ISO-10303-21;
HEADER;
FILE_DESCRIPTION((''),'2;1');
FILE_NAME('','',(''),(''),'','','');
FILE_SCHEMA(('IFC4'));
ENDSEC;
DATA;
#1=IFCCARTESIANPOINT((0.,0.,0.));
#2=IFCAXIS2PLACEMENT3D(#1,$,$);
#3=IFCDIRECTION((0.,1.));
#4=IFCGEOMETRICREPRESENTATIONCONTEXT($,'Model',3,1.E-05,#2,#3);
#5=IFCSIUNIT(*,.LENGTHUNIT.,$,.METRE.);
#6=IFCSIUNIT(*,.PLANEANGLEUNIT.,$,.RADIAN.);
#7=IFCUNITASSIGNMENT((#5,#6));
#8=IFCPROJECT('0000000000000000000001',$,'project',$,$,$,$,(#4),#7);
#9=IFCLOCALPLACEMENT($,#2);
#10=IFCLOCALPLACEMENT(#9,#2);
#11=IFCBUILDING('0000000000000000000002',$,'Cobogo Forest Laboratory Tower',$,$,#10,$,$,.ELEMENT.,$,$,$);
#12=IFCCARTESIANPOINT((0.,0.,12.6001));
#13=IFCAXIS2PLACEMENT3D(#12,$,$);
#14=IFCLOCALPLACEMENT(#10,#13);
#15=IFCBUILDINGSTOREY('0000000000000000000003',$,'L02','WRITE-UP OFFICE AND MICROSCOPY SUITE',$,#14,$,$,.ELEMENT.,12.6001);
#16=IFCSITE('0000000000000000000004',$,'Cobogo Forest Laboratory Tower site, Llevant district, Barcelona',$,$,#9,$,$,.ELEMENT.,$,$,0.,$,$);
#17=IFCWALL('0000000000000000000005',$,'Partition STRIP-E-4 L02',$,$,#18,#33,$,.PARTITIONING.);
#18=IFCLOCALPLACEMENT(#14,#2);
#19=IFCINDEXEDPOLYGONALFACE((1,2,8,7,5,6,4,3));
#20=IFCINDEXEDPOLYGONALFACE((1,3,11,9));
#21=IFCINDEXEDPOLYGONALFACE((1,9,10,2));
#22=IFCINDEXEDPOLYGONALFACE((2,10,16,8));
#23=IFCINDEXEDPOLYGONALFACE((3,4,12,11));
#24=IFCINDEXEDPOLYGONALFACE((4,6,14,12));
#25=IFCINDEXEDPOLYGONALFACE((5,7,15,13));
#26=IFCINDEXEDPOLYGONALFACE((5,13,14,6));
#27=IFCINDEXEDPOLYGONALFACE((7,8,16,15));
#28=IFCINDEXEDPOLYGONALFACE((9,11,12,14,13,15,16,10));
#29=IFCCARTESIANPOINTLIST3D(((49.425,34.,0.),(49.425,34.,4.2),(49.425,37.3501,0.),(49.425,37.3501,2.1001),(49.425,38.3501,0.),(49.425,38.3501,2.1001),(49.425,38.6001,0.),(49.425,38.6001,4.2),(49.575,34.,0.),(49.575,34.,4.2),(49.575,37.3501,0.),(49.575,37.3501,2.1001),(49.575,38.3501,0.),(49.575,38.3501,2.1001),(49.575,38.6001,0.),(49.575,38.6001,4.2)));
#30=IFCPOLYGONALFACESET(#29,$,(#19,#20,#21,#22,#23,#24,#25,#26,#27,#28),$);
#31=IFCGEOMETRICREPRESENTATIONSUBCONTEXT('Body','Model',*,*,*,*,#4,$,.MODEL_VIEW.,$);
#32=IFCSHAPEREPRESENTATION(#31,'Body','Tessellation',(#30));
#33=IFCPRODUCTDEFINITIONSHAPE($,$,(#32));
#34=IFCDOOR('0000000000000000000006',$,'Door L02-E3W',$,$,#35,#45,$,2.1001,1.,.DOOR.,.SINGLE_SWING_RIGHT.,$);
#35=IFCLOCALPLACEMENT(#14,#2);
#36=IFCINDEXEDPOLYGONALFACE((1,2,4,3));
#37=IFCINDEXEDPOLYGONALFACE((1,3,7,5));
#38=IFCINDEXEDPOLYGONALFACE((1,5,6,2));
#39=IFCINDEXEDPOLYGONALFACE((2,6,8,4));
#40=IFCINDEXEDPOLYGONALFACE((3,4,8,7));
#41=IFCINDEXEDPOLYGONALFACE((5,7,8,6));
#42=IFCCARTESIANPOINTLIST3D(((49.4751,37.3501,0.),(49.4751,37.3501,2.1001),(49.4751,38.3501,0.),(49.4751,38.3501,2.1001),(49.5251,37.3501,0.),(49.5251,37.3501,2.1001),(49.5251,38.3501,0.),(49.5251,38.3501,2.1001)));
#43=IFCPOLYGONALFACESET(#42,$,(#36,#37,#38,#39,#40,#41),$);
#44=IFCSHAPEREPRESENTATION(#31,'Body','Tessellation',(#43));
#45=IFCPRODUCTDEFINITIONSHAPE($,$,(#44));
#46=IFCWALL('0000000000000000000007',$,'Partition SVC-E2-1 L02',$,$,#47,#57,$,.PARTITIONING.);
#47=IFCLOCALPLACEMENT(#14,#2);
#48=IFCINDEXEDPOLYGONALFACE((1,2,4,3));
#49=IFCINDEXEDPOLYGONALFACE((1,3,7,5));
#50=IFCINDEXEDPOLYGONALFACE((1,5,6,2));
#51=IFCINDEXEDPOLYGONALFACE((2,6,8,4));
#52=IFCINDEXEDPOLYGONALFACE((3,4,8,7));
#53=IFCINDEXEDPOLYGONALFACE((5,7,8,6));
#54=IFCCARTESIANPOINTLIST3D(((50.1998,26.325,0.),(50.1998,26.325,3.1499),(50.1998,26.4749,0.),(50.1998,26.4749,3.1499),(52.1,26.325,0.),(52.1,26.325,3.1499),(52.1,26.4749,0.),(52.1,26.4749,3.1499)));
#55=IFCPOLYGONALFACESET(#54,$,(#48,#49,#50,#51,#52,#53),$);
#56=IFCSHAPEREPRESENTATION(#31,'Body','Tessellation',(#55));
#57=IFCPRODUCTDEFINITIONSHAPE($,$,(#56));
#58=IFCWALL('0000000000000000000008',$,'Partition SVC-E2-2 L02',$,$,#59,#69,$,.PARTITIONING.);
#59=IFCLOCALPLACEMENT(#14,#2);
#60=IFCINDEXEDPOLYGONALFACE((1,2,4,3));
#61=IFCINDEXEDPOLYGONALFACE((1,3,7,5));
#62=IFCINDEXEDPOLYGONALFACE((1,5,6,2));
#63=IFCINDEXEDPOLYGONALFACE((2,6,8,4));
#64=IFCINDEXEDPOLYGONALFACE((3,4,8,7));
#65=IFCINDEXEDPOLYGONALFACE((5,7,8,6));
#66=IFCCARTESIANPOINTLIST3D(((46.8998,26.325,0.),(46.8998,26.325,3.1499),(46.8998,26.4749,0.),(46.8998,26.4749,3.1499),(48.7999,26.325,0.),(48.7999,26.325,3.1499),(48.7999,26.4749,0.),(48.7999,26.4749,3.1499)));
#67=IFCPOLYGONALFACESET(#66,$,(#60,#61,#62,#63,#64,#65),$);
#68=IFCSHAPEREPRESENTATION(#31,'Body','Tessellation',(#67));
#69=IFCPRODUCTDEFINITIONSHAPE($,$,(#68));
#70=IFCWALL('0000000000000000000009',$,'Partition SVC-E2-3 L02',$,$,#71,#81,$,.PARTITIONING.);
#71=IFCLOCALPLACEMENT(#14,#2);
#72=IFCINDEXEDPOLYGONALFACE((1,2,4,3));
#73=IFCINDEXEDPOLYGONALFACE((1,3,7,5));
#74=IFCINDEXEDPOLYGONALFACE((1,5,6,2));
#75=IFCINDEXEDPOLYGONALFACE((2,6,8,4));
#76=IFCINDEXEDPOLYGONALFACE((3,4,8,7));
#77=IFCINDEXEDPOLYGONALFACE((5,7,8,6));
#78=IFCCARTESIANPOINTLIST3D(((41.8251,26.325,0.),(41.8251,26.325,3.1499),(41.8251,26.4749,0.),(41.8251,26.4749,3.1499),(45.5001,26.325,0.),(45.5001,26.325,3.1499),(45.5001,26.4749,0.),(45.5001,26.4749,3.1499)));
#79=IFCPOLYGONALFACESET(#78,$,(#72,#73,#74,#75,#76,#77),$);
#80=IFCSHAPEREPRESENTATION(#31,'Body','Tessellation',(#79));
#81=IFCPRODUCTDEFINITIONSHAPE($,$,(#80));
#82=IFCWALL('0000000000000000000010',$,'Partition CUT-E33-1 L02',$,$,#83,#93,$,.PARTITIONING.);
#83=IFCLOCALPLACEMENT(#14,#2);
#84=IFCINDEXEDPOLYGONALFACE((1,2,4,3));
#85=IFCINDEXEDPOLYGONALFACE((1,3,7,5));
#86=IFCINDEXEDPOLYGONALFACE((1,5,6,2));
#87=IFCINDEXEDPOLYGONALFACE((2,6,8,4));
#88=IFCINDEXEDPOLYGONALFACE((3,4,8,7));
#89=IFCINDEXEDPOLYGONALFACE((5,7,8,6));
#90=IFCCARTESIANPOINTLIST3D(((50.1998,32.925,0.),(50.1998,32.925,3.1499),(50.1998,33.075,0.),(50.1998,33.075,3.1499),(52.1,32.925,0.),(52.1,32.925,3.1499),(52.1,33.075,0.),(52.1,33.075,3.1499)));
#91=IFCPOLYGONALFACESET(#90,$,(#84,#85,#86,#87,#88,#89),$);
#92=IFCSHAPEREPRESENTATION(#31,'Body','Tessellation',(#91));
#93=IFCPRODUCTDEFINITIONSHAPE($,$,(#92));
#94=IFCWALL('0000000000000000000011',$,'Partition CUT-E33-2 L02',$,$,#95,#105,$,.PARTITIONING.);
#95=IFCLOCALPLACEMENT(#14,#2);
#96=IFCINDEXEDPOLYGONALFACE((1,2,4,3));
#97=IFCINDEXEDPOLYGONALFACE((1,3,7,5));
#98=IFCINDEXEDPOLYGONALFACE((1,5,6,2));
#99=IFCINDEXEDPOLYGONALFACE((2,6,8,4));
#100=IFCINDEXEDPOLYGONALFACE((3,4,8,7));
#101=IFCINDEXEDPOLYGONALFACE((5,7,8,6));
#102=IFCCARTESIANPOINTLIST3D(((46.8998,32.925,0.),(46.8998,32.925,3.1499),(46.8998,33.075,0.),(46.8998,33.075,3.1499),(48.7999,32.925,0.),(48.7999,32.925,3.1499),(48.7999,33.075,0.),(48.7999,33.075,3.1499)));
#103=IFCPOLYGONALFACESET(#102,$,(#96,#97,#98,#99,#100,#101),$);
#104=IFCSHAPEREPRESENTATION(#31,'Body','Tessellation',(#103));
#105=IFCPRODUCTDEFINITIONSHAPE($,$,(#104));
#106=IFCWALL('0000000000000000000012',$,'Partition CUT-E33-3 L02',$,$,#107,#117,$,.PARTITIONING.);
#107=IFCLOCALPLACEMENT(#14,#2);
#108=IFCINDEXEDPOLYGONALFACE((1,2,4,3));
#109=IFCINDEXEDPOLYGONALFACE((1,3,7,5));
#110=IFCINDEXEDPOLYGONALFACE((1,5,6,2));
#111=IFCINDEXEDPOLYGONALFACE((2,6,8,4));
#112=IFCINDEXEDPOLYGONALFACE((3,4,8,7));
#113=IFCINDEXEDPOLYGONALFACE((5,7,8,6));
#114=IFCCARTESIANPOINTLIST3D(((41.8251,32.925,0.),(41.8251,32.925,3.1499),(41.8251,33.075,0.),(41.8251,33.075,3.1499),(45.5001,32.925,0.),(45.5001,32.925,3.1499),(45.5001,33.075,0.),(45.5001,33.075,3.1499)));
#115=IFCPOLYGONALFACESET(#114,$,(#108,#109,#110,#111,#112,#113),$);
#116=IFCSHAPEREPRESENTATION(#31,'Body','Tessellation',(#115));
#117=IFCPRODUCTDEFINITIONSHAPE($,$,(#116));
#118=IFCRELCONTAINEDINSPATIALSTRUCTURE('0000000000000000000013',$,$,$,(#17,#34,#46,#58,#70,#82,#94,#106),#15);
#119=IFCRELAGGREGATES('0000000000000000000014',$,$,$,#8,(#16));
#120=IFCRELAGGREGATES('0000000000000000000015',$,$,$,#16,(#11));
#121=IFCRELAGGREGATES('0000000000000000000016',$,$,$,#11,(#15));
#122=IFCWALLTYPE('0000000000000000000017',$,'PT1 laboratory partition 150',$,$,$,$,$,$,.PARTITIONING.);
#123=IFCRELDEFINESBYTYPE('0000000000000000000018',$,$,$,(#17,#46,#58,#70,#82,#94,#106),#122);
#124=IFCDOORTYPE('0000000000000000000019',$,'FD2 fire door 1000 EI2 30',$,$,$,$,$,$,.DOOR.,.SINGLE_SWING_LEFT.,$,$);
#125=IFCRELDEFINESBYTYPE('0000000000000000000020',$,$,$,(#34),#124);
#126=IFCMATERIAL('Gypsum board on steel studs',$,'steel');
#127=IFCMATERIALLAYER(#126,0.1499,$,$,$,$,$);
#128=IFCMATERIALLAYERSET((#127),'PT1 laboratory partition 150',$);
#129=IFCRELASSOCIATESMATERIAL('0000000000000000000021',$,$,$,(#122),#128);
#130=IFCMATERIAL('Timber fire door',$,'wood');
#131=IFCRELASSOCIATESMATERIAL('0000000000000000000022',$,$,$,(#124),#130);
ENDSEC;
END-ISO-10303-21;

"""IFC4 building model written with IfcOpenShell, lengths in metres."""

from ifc_helpers import new_model, si_unit, direction, frame, frame_2d, origin, place, context, subcontext, project, spatial, rectangle, extrude, material, layer, layer_set, type_object, element, fill, save


model = new_model("IFC4")

# Units and contexts
model_context = context("Model", 3, precision=1e-05, world=origin(), true_north=direction((0.0, 1.0)))
body_context = subcontext(model_context, "Body", "Model", "MODEL_VIEW")
ifc_project = project(units=[si_unit("LENGTHUNIT", "METRE"), si_unit("PLANEANGLEUNIT", "RADIAN")], contexts=[model_context])

# Site, building, storey
site_placement = place(None, origin())
site = spatial("IfcSite", under=ifc_project, at=site_placement, Name="Cobogo Forest Laboratory Tower site, Llevant district, Barcelona", CompositionType="ELEMENT", RefElevation=0.0)
building_placement = place(site_placement, origin())
building = spatial("IfcBuilding", under=site, at=building_placement, Name="Cobogo Forest Laboratory Tower", CompositionType="ELEMENT")
storey_placement = place(building_placement, frame((0.0, 0.0, 12.6001)))
storey = spatial("IfcBuildingStorey", under=building, at=storey_placement, Name="L02", Description="WRITE-UP OFFICE AND MICROSCOPY SUITE", CompositionType="ELEMENT", Elevation=12.6001)

# Wall, opening, door
ifc_material_1 = material(Name="Gypsum board on steel studs", Category="steel")
ifc_layer_1 = layer(ifc_material_1, 0.1499)
ifc_layer_set_1 = layer_set([ifc_layer_1], Name="PT1 laboratory partition 150")
wall_type = type_object("IfcWallType", Name="PT1 laboratory partition 150", PredefinedType="PARTITIONING", material=ifc_layer_set_1)
ifc_material_2 = material(Name="Timber fire door", Category="wood")
door_type = type_object("IfcDoorType", Name="FD2 fire door 1000 EI2 30", OperationType="SINGLE_SWING_LEFT", PredefinedType="DOOR", material=ifc_material_2)
wall_1_placement = place(storey_placement, frame((49.5, 34.0, 0.0), z_axis=(0.0, 0.0, 1.0), x_axis=(0.0, 1.0, 0.0)))
wall_1 = element("IfcWall", 1, at=wall_1_placement, inside=storey, type_object=wall_type, Name="Partition STRIP-E-4 L02", PredefinedType="PARTITIONING", context=body_context, shape_type="SweptSolid", body=[
    extrude(rectangle(XDim=4.6001, YDim=0.1499, at=frame_2d((2.3, 0.0))), origin(), (0.0, 0.0, 1.0), 4.2),
])
opening_1_placement = place(wall_1_placement, frame((3.3501, 0.0, 0.0)))
opening_1 = element("IfcOpeningElement", 2, at=opening_1_placement, cuts=wall_1, PredefinedType="OPENING", context=body_context, shape_type="SweptSolid", body=[
    extrude(rectangle(XDim=1.0, YDim=2.1001, at=frame_2d((0.5, 1.05))), frame((0.0, 0.085, 0.0), z_axis=(0.0, -1.0, 0.0), x_axis=(1.0, 0.0, 0.0)), (0.0, 0.0, 1.0), 0.1699),
])
door_1_placement = place(opening_1_placement, origin())
door_1 = element("IfcDoor", 3, at=door_1_placement, inside=storey, type_object=door_type, Name="Door L02-E3W", OperationType="SINGLE_SWING_RIGHT", OverallHeight=2.1001, OverallWidth=1.0, PredefinedType="DOOR", context=body_context, shape_type="SweptSolid", body=[
    extrude(rectangle(XDim=1.0, YDim=2.1001, at=frame_2d((0.5, 1.05))), frame((0.0, 0.0249, 0.0), z_axis=(0.0, -1.0, 0.0), x_axis=(1.0, 0.0, 0.0)), (0.0, 0.0, 1.0), 0.05),
])
fill(opening_1, door_1)

# Walls
for number, where, z_axis, x_axis, name in (
    (4, (52.1001, 26.3999, 0.0), (0.0, 0.0, 1.0), (-1.0, 0.0, 0.0), "Partition SVC-E2-1 L02"),
    (5, (48.8, 26.3999, 0.0), (0.0, 0.0, 1.0), (-1.0, 0.0, 0.0), "Partition SVC-E2-2 L02"),
):
    element("IfcWall", number, at=place(storey_placement, frame(where, z_axis=z_axis, x_axis=x_axis)), inside=storey, type_object=wall_type, Name=name, PredefinedType="PARTITIONING", context=body_context, shape_type="SweptSolid", body=[
        extrude(rectangle(XDim=1.9001, YDim=0.1499, at=frame_2d((0.9502, 0.0))), origin(), (0.0, 0.0, 1.0), 3.1499),
    ])
wall_2_placement = place(storey_placement, frame((45.5, 26.3999, 0.0), z_axis=(0.0, 0.0, 1.0), x_axis=(-1.0, 0.0, 0.0)))
element("IfcWall", 6, at=wall_2_placement, inside=storey, type_object=wall_type, Name="Partition SVC-E2-3 L02", PredefinedType="PARTITIONING", context=body_context, shape_type="SweptSolid", body=[
    extrude(rectangle(XDim=3.675, YDim=0.1499, at=frame_2d((1.8374, 0.0))), origin(), (0.0, 0.0, 1.0), 3.1499),
])
for number, where, z_axis, x_axis, name in (
    (7, (52.1001, 33.0, 0.0), (0.0, 0.0, 1.0), (-1.0, 0.0, 0.0), "Partition CUT-E33-1 L02"),
    (8, (48.8, 33.0, 0.0), (0.0, 0.0, 1.0), (-1.0, 0.0, 0.0), "Partition CUT-E33-2 L02"),
):
    element("IfcWall", number, at=place(storey_placement, frame(where, z_axis=z_axis, x_axis=x_axis)), inside=storey, type_object=wall_type, Name=name, PredefinedType="PARTITIONING", context=body_context, shape_type="SweptSolid", body=[
        extrude(rectangle(XDim=1.9001, YDim=0.1499, at=frame_2d((0.9502, 0.0))), origin(), (0.0, 0.0, 1.0), 3.1499),
    ])
wall_3_placement = place(storey_placement, frame((45.5, 33.0, 0.0), z_axis=(0.0, 0.0, 1.0), x_axis=(-1.0, 0.0, 0.0)))
element("IfcWall", 9, at=wall_3_placement, inside=storey, type_object=wall_type, Name="Partition CUT-E33-3 L02", PredefinedType="PARTITIONING", context=body_context, shape_type="SweptSolid", body=[
    extrude(rectangle(XDim=3.675, YDim=0.1499, at=frame_2d((1.8374, 0.0))), origin(), (0.0, 0.0, 1.0), 3.1499),
])

save(model, "model.ifc")
